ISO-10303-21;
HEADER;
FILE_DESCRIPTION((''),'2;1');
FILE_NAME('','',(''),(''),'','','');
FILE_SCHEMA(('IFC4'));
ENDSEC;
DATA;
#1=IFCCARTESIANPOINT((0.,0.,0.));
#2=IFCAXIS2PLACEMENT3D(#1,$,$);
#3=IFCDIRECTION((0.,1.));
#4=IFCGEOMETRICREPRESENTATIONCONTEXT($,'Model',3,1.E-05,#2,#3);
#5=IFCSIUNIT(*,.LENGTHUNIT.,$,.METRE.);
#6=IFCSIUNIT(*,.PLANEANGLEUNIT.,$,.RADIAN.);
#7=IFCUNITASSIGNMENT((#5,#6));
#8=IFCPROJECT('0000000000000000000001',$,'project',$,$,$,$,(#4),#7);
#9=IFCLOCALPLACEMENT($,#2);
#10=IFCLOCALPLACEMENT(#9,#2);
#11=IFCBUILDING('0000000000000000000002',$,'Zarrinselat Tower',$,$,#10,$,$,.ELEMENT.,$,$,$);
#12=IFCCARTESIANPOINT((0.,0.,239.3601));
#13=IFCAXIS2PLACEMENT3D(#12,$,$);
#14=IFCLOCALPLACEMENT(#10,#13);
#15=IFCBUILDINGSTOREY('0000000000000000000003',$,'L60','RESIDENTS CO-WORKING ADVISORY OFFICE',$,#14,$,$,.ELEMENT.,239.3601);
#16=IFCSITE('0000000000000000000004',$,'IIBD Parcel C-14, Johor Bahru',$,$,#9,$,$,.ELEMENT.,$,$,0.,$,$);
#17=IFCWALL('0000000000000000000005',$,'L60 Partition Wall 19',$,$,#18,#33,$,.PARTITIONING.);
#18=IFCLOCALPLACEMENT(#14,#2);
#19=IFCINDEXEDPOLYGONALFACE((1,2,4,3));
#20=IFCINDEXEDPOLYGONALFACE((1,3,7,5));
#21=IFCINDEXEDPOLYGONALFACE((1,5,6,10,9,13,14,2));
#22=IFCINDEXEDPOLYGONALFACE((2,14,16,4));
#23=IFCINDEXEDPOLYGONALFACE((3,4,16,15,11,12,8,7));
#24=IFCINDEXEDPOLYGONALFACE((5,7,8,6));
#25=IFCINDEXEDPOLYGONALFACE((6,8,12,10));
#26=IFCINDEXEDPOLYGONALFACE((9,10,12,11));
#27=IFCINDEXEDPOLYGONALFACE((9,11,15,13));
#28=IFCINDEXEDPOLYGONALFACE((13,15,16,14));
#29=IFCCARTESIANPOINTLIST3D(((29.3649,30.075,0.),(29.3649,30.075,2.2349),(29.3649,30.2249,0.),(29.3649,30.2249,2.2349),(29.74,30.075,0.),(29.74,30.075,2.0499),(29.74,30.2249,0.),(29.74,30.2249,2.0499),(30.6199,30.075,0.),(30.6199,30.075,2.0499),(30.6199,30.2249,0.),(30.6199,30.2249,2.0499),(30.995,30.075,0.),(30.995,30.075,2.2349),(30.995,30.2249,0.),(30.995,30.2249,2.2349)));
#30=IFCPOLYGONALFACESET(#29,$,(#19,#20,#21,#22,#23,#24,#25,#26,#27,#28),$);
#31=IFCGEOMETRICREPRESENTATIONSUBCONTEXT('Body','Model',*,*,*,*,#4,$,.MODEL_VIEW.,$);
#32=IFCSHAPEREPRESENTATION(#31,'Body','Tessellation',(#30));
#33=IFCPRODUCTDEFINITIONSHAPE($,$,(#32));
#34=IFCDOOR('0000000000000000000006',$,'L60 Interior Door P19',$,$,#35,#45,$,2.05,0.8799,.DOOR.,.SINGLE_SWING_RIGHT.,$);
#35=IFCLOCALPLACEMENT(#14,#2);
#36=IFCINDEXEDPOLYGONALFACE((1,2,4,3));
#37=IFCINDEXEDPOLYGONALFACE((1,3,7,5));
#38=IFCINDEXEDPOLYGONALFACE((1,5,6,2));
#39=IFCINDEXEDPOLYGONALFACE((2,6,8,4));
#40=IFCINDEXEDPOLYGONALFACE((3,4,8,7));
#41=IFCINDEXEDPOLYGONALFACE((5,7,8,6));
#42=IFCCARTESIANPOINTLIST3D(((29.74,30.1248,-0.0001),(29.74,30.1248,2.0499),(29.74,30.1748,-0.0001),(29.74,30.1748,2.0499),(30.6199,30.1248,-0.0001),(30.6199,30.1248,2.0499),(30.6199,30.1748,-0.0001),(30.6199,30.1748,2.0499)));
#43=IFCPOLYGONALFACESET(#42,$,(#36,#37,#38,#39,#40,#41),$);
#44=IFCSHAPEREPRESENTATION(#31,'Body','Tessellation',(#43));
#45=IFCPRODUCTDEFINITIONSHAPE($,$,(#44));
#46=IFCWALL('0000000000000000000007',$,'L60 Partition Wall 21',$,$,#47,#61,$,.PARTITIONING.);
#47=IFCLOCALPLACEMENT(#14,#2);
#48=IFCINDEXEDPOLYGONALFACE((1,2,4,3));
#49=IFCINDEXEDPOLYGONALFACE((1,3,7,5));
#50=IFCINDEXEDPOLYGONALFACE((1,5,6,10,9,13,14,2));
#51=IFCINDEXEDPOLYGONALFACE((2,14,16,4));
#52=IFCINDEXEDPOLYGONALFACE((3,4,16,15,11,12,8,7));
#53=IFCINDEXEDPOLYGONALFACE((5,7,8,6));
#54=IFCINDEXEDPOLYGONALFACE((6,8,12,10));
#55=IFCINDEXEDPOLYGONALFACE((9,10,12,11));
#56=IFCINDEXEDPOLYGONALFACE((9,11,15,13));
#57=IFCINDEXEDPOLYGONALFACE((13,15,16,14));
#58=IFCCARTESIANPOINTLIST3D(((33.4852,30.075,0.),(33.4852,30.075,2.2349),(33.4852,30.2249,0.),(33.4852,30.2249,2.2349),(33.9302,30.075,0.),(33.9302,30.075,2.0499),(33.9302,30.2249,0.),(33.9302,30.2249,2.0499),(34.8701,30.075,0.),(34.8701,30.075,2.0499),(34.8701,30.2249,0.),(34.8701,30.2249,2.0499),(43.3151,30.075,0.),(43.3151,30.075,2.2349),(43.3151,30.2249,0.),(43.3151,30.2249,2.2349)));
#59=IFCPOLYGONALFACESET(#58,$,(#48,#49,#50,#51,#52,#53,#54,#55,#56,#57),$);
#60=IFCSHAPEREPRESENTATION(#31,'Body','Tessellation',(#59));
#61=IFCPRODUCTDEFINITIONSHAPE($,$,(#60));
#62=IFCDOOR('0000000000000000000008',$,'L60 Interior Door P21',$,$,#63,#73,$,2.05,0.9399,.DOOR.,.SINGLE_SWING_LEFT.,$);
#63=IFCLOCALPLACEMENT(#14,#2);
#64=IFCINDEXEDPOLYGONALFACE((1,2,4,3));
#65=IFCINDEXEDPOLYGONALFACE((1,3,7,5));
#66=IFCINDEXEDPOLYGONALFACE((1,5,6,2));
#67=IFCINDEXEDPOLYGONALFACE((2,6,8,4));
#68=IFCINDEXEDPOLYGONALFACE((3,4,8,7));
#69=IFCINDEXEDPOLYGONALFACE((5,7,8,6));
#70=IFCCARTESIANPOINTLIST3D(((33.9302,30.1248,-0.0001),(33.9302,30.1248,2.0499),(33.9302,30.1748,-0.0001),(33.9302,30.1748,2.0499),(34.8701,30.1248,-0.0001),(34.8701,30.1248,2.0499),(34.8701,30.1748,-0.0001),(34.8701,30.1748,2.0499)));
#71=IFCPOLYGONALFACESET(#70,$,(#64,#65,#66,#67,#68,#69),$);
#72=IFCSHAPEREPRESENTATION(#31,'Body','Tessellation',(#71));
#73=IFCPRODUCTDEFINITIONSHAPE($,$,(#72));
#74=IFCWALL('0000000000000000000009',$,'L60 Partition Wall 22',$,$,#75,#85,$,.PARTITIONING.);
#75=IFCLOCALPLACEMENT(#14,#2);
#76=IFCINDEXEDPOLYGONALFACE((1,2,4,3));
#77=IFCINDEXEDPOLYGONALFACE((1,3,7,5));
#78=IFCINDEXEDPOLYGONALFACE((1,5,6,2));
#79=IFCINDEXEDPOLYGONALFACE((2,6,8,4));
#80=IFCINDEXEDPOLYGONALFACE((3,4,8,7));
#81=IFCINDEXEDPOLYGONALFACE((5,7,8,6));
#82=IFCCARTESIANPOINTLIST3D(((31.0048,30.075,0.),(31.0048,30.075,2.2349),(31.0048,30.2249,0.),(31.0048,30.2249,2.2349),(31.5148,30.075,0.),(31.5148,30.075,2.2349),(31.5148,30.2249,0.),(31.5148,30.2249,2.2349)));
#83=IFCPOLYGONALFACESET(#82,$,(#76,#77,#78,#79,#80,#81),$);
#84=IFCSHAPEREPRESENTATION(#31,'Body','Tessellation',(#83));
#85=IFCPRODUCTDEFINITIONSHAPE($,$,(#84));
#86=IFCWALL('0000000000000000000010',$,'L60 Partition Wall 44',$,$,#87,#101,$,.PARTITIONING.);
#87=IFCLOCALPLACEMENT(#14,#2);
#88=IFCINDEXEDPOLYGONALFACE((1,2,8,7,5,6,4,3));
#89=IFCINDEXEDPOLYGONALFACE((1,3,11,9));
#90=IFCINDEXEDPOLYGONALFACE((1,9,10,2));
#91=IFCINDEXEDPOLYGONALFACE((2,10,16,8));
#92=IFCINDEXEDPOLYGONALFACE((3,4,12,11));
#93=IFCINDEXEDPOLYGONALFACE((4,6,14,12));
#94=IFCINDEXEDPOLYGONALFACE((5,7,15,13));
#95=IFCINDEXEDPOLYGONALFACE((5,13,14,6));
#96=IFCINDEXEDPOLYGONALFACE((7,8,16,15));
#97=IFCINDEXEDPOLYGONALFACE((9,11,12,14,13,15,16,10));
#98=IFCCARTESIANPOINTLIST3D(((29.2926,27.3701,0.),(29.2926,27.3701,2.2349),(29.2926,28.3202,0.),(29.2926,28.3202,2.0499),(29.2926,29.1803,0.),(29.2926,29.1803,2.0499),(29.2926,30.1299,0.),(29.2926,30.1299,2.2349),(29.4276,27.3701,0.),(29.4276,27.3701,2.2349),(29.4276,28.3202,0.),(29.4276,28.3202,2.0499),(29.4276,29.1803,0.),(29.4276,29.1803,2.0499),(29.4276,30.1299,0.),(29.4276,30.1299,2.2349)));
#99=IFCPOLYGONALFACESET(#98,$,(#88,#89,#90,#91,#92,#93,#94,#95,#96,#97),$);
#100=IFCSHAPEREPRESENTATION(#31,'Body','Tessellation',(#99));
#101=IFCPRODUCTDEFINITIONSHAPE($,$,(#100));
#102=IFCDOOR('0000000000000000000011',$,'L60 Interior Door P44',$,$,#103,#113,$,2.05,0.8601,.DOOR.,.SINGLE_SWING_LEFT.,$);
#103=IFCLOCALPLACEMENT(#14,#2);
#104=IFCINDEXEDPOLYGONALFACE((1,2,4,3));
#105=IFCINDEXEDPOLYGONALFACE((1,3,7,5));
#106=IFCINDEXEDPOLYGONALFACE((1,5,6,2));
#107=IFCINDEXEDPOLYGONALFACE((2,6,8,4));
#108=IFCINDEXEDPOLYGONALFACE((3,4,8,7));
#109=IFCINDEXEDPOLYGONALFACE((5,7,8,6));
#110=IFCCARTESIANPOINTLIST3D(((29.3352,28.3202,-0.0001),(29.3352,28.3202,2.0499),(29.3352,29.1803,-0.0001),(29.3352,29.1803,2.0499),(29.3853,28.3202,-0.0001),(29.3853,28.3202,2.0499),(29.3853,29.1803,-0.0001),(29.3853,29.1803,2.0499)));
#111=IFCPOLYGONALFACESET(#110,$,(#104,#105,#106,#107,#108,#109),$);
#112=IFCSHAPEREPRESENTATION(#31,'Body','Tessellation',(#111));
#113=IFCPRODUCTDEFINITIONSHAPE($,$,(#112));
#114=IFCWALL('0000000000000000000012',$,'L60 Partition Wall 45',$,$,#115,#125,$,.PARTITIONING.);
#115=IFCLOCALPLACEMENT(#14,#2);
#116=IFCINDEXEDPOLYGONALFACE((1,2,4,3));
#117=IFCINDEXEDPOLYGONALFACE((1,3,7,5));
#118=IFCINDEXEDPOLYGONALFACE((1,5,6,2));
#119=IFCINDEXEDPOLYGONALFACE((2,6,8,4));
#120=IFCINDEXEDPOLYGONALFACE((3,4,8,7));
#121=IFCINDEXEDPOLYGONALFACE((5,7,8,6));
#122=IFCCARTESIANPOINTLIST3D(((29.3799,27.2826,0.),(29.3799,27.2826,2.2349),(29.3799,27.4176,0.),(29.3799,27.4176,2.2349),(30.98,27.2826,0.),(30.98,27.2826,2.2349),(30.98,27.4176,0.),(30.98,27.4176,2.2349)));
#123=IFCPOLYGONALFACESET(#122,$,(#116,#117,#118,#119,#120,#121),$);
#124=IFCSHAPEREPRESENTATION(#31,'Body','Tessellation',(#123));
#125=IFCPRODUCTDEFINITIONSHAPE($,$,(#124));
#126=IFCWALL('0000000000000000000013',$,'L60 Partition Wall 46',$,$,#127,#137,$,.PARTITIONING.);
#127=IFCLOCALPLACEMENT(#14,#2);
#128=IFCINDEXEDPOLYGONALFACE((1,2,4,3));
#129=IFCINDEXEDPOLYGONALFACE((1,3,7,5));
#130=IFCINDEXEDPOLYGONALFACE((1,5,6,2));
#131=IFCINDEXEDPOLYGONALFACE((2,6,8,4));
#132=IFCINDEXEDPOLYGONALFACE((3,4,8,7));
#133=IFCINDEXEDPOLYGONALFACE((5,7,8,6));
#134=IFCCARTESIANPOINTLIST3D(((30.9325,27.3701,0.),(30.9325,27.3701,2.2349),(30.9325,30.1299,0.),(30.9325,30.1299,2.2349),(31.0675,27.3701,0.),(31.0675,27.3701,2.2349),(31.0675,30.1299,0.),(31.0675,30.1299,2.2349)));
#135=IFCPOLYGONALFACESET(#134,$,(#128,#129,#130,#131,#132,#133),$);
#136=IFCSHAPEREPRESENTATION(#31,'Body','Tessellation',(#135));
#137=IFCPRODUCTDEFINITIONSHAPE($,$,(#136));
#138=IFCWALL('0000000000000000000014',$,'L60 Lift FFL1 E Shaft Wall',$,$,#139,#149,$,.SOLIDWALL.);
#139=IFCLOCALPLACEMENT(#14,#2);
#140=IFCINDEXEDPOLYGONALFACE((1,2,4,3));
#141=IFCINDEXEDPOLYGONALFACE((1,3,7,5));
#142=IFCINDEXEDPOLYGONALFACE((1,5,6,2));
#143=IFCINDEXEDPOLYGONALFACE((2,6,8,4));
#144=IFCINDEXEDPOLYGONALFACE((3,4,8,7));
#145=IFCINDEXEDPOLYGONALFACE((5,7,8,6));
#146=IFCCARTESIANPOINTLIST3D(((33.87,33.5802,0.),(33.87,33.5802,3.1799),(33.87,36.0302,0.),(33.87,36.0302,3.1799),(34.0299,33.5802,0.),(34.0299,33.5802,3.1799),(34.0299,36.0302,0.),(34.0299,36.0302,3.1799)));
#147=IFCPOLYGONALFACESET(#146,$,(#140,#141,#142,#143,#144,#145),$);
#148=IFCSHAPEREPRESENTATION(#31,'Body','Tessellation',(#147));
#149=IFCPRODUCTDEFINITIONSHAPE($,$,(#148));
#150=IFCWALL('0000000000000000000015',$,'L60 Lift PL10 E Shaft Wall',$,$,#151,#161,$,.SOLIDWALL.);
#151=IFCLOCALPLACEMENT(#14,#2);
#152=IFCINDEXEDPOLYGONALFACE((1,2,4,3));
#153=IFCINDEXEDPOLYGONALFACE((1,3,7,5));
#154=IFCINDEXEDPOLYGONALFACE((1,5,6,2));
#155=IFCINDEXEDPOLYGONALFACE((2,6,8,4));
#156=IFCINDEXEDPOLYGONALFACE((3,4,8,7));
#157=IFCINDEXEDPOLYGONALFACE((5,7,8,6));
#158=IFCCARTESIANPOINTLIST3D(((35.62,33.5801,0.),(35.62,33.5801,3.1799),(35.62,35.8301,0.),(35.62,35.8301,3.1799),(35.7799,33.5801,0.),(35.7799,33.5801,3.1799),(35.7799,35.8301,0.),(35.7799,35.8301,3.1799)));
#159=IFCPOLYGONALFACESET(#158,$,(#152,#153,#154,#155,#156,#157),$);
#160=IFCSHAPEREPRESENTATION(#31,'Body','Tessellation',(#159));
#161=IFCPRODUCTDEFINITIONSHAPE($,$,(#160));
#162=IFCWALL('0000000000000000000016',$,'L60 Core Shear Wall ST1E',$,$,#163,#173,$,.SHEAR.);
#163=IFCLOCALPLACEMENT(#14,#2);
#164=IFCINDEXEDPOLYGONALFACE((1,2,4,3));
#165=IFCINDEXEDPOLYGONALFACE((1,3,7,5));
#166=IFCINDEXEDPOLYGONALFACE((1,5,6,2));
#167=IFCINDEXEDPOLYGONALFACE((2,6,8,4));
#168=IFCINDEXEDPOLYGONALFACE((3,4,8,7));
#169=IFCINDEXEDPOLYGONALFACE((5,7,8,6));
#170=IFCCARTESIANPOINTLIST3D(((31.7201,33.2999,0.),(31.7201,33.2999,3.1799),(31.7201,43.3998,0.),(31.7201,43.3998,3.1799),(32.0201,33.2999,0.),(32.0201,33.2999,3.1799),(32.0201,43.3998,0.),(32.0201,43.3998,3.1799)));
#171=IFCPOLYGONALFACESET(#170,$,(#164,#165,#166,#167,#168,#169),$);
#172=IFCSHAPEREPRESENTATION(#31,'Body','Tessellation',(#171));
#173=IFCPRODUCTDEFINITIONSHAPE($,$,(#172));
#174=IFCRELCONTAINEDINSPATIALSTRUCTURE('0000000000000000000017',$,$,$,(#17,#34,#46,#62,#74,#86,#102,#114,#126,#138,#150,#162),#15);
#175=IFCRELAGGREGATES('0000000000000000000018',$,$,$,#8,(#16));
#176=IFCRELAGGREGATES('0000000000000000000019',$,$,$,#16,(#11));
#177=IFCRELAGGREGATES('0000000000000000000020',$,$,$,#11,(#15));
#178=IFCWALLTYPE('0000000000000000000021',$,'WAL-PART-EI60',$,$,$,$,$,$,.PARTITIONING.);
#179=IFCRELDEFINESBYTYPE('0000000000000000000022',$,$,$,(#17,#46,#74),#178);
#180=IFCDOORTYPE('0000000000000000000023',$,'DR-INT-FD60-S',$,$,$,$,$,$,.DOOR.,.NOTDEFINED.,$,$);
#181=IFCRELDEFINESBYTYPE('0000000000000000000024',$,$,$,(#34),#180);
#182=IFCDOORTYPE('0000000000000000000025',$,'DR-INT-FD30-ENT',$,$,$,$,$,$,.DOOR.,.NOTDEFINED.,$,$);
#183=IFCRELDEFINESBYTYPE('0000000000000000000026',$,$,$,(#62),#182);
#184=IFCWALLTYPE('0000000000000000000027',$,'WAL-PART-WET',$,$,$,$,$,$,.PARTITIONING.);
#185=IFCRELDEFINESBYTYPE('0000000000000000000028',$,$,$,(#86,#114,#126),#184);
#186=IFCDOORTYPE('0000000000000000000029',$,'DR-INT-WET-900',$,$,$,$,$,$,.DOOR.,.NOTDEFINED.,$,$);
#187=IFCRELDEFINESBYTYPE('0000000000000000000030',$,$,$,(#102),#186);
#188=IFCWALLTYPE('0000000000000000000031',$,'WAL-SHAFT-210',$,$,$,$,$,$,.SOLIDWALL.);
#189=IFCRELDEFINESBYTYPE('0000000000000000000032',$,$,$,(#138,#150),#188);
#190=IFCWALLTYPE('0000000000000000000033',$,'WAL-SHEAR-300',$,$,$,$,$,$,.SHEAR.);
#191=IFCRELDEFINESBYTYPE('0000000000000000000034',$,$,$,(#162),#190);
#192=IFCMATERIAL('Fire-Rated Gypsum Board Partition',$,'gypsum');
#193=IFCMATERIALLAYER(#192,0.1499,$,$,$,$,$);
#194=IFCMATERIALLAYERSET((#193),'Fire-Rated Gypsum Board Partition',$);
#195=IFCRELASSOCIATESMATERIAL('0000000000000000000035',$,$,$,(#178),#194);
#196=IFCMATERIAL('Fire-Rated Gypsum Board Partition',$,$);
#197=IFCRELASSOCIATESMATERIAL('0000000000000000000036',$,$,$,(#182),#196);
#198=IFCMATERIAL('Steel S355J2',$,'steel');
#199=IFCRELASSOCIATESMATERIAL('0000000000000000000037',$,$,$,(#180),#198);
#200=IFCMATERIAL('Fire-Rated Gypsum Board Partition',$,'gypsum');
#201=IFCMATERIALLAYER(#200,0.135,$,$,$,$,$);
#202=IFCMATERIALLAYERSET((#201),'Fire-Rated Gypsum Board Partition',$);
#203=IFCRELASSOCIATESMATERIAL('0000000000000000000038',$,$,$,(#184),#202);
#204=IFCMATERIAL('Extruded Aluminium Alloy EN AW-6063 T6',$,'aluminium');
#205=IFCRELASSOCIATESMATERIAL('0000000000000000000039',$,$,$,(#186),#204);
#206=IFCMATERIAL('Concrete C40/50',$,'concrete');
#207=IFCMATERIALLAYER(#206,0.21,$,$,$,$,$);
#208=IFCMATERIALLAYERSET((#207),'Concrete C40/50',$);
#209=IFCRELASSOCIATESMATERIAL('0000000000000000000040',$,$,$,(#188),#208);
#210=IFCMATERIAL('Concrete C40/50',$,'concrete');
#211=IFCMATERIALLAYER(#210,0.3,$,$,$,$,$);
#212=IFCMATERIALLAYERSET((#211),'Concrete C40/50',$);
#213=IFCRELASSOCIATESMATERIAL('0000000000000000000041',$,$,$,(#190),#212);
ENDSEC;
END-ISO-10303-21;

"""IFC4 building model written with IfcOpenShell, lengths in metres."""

from ifc_helpers import new_model, si_unit, direction, frame, frame_2d, origin, place, context, subcontext, project, spatial, rectangle, extrude, material, layer, layer_set, type_object, element, fill, save


model = new_model("IFC4")

# Units and contexts
model_context = context("Model", 3, precision=1e-05, world=origin(), true_north=direction((0.0, 1.0)))
body_context = subcontext(model_context, "Body", "Model", "MODEL_VIEW")
ifc_project = project(units=[si_unit("LENGTHUNIT", "METRE"), si_unit("PLANEANGLEUNIT", "RADIAN")], contexts=[model_context])

# Site, building, storey
site_placement = place(None, origin())
site = spatial("IfcSite", under=ifc_project, at=site_placement, Name="IIBD Parcel C-14, Johor Bahru", CompositionType="ELEMENT", RefElevation=0.0)
building_placement = place(site_placement, origin())
building = spatial("IfcBuilding", under=site, at=building_placement, Name="Zarrinselat Tower", CompositionType="ELEMENT")
storey_placement = place(building_placement, frame((0.0, 0.0, 239.3601)))
storey = spatial("IfcBuildingStorey", under=building, at=storey_placement, Name="L60", Description="RESIDENTS CO-WORKING ADVISORY OFFICE", CompositionType="ELEMENT", Elevation=239.3601)

# Walls, openings, doors
ifc_material_1 = material(Name="Fire-Rated Gypsum Board Partition", Category="gypsum")
ifc_layer_1 = layer(ifc_material_1, 0.1499)
ifc_layer_set_1 = layer_set([ifc_layer_1], Name="Fire-Rated Gypsum Board Partition")
wall_type_1 = type_object("IfcWallType", Name="WAL-PART-EI60", PredefinedType="PARTITIONING", material=ifc_layer_set_1)
ifc_material_2 = material(Name="Fire-Rated Gypsum Board Partition")
door_type_1 = type_object("IfcDoorType", Name="DR-INT-FD30-ENT", OperationType="NOTDEFINED", PredefinedType="DOOR", material=ifc_material_2)
wall_1_placement = place(storey_placement, frame((29.365, 30.1499, 0.0), z_axis=(0.0, 0.0, 1.0), x_axis=(1.0, 0.0, 0.0)))
wall_1 = element("IfcWall", 1, at=wall_1_placement, inside=storey, type_object=wall_type_1, Name="L60 Partition Wall 19", PredefinedType="PARTITIONING", context=body_context, shape_type="SweptSolid", body=[
    extrude(rectangle(XDim=1.6301, YDim=0.1499, at=frame_2d((0.8149, 0.0))), origin(), (0.0, 0.0, 1.0), 2.2349),
])
opening_1_placement = place(wall_1_placement, frame((0.375, 0.0, 0.0)))
opening_1 = element("IfcOpeningElement", 2, at=opening_1_placement, cuts=wall_1, PredefinedType="OPENING", context=body_context, shape_type="SweptSolid", body=[
    extrude(rectangle(XDim=0.8799, YDim=2.05, at=frame_2d((0.4399, 1.0249))), frame((0.0, 0.085, 0.0), z_axis=(0.0, -1.0, 0.0), x_axis=(1.0, 0.0, 0.0)), (0.0, 0.0, 1.0), 0.1699),
])
ifc_material_3 = material(Name="Steel S355J2", Category="steel")
door_type_2 = type_object("IfcDoorType", Name="DR-INT-FD60-S", OperationType="NOTDEFINED", PredefinedType="DOOR", material=ifc_material_3)
door_1_placement = place(opening_1_placement, origin())
door_1 = element("IfcDoor", 3, at=door_1_placement, inside=storey, type_object=door_type_2, Name="L60 Interior Door P19", OperationType="SINGLE_SWING_RIGHT", OverallHeight=2.05, OverallWidth=0.8799, PredefinedType="DOOR", context=body_context, shape_type="SweptSolid", body=[
    extrude(rectangle(XDim=0.8799, YDim=2.05, at=frame_2d((0.4399, 1.0249))), frame((0.0, 0.0249, 0.0), z_axis=(0.0, -1.0, 0.0), x_axis=(1.0, 0.0, 0.0)), (0.0, 0.0, 1.0), 0.05),
])
fill(opening_1, door_1)
wall_2_placement = place(storey_placement, frame((33.4851, 30.1499, 0.0), z_axis=(0.0, 0.0, 1.0), x_axis=(1.0, 0.0, 0.0)))
wall_2 = element("IfcWall", 4, at=wall_2_placement, inside=storey, type_object=wall_type_1, Name="L60 Partition Wall 21", PredefinedType="PARTITIONING", context=body_context, shape_type="SweptSolid", body=[
    extrude(rectangle(XDim=9.8298, YDim=0.1499, at=frame_2d((4.915, 0.0))), origin(), (0.0, 0.0, 1.0), 2.2349),
])
opening_2_placement = place(wall_2_placement, frame((0.4451, 0.0, 0.0)))
opening_2 = element("IfcOpeningElement", 5, at=opening_2_placement, cuts=wall_2, PredefinedType="OPENING", context=body_context, shape_type="SweptSolid", body=[
    extrude(rectangle(XDim=0.9399, YDim=2.05, at=frame_2d((0.47, 1.0249))), frame((0.0, 0.085, 0.0), z_axis=(0.0, -1.0, 0.0), x_axis=(1.0, 0.0, 0.0)), (0.0, 0.0, 1.0), 0.1699),
])
door_2_placement = place(opening_2_placement, origin())
door_2 = element("IfcDoor", 6, at=door_2_placement, inside=storey, type_object=door_type_1, Name="L60 Interior Door P21", OperationType="SINGLE_SWING_LEFT", OverallHeight=2.05, OverallWidth=0.9399, PredefinedType="DOOR", context=body_context, shape_type="SweptSolid", body=[
    extrude(rectangle(XDim=0.9399, YDim=2.05, at=frame_2d((0.47, 1.0249))), frame((0.0, 0.0249, 0.0), z_axis=(0.0, -1.0, 0.0), x_axis=(1.0, 0.0, 0.0)), (0.0, 0.0, 1.0), 0.05),
])
fill(opening_2, door_2)

# Wall
wall_3_placement = place(storey_placement, frame((31.0049, 30.1499, 0.0), z_axis=(0.0, 0.0, 1.0), x_axis=(1.0, 0.0, 0.0)))
element("IfcWall", 7, at=wall_3_placement, inside=storey, type_object=wall_type_1, Name="L60 Partition Wall 22", PredefinedType="PARTITIONING", context=body_context, shape_type="SweptSolid", body=[
    extrude(rectangle(XDim=0.51, YDim=0.1499, at=frame_2d((0.2549, 0.0))), origin(), (0.0, 0.0, 1.0), 2.2349),
])

# Wall, opening, door
ifc_material_4 = material(Name="Fire-Rated Gypsum Board Partition", Category="gypsum")
ifc_layer_2 = layer(ifc_material_4, 0.135)
ifc_layer_set_2 = layer_set([ifc_layer_2], Name="Fire-Rated Gypsum Board Partition")
wall_type_2 = type_object("IfcWallType", Name="WAL-PART-WET", PredefinedType="PARTITIONING", material=ifc_layer_set_2)
wall_4_placement = place(storey_placement, frame((29.3601, 27.3701, 0.0), z_axis=(0.0, 0.0, 1.0), x_axis=(0.0, 1.0, 0.0)))
wall_4 = element("IfcWall", 8, at=wall_4_placement, inside=storey, type_object=wall_type_2, Name="L60 Partition Wall 44", PredefinedType="PARTITIONING", context=body_context, shape_type="SweptSolid", body=[
    extrude(rectangle(XDim=2.7598, YDim=0.135, at=frame_2d((1.3799, 0.0))), origin(), (0.0, 0.0, 1.0), 2.2349),
])
opening_3_placement = place(wall_4_placement, frame((0.95, 0.0, 0.0)))
opening_3 = element("IfcOpeningElement", 9, at=opening_3_placement, cuts=wall_4, PredefinedType="OPENING", context=body_context, shape_type="SweptSolid", body=[
    extrude(rectangle(XDim=0.8601, YDim=2.05, at=frame_2d((0.4302, 1.0249))), frame((0.0, 0.0774, 0.0), z_axis=(0.0, -1.0, 0.0), x_axis=(1.0, 0.0, 0.0)), (0.0, 0.0, 1.0), 0.155),
])
ifc_material_5 = material(Name="Extruded Aluminium Alloy EN AW-6063 T6", Category="aluminium")
door_type_3 = type_object("IfcDoorType", Name="DR-INT-WET-900", OperationType="NOTDEFINED", PredefinedType="DOOR", material=ifc_material_5)
door_3_placement = place(opening_3_placement, origin())
door_3 = element("IfcDoor", 10, at=door_3_placement, inside=storey, type_object=door_type_3, Name="L60 Interior Door P44", OperationType="SINGLE_SWING_LEFT", OverallHeight=2.05, OverallWidth=0.8601, PredefinedType="DOOR", context=body_context, shape_type="SweptSolid", body=[
    extrude(rectangle(XDim=0.8601, YDim=2.05, at=frame_2d((0.4302, 1.0249))), frame((0.0, 0.0249, 0.0), z_axis=(0.0, -1.0, 0.0), x_axis=(1.0, 0.0, 0.0)), (0.0, 0.0, 1.0), 0.05),
])
fill(opening_3, door_3)

# Walls
wall_5_placement = place(storey_placement, frame((29.3799, 27.3501, 0.0), z_axis=(0.0, 0.0, 1.0), x_axis=(1.0, 0.0, 0.0)))
element("IfcWall", 11, at=wall_5_placement, inside=storey, type_object=wall_type_2, Name="L60 Partition Wall 45", PredefinedType="PARTITIONING", context=body_context, shape_type="SweptSolid", body=[
    extrude(rectangle(XDim=1.6001, YDim=0.135, at=frame_2d((0.8, 0.0))), origin(), (0.0, 0.0, 1.0), 2.2349),
])
wall_6_placement = place(storey_placement, frame((31.0, 27.3701, 0.0), z_axis=(0.0, 0.0, 1.0), x_axis=(0.0, 1.0, 0.0)))
element("IfcWall", 12, at=wall_6_placement, inside=storey, type_object=wall_type_2, Name="L60 Partition Wall 46", PredefinedType="PARTITIONING", context=body_context, shape_type="SweptSolid", body=[
    extrude(rectangle(XDim=2.7598, YDim=0.135, at=frame_2d((1.3799, 0.0))), origin(), (0.0, 0.0, 1.0), 2.2349),
])
ifc_material_6 = material(Name="Concrete C40/50", Category="concrete")
ifc_layer_3 = layer(ifc_material_6, 0.21)
ifc_layer_set_3 = layer_set([ifc_layer_3], Name="Concrete C40/50")
wall_type_3 = type_object("IfcWallType", Name="WAL-SHAFT-210", PredefinedType="SOLIDWALL", material=ifc_layer_set_3)
wall_7_placement = place(storey_placement, frame((33.95, 33.5801, 0.0), z_axis=(0.0, 0.0, 1.0), x_axis=(0.0, 1.0, 0.0)))
element("IfcWall", 13, at=wall_7_placement, inside=storey, type_object=wall_type_3, Name="L60 Lift FFL1 E Shaft Wall", PredefinedType="SOLIDWALL", context=body_context, shape_type="SweptSolid", body=[
    extrude(rectangle(XDim=2.45, YDim=0.1599, at=frame_2d((1.2251, 0.0))), origin(), (0.0, 0.0, 1.0), 3.1799),
])
wall_8_placement = place(storey_placement, frame((35.7, 33.5801, 0.0), z_axis=(0.0, 0.0, 1.0), x_axis=(0.0, 1.0, 0.0)))
element("IfcWall", 14, at=wall_8_placement, inside=storey, type_object=wall_type_3, Name="L60 Lift PL10 E Shaft Wall", PredefinedType="SOLIDWALL", context=body_context, shape_type="SweptSolid", body=[
    extrude(rectangle(XDim=2.25, YDim=0.1599, at=frame_2d((1.125, 0.0))), origin(), (0.0, 0.0, 1.0), 3.1799),
])
ifc_material_7 = material(Name="Concrete C40/50", Category="concrete")
ifc_layer_4 = layer(ifc_material_7, 0.3)
ifc_layer_set_4 = layer_set([ifc_layer_4], Name="Concrete C40/50")
wall_type_4 = type_object("IfcWallType", Name="WAL-SHEAR-300", PredefinedType="SHEAR", material=ifc_layer_set_4)
wall_9_placement = place(storey_placement, frame((31.8701, 33.3, 0.0), z_axis=(0.0, 0.0, 1.0), x_axis=(0.0, 1.0, 0.0)))
element("IfcWall", 15, at=wall_9_placement, inside=storey, type_object=wall_type_4, Name="L60 Core Shear Wall ST1E", PredefinedType="SHEAR", context=body_context, shape_type="SweptSolid", body=[
    extrude(rectangle(XDim=10.0999, YDim=0.3, at=frame_2d((5.0498, 0.0))), origin(), (0.0, 0.0, 1.0), 3.1799),
])

save(model, "model.ifc")
